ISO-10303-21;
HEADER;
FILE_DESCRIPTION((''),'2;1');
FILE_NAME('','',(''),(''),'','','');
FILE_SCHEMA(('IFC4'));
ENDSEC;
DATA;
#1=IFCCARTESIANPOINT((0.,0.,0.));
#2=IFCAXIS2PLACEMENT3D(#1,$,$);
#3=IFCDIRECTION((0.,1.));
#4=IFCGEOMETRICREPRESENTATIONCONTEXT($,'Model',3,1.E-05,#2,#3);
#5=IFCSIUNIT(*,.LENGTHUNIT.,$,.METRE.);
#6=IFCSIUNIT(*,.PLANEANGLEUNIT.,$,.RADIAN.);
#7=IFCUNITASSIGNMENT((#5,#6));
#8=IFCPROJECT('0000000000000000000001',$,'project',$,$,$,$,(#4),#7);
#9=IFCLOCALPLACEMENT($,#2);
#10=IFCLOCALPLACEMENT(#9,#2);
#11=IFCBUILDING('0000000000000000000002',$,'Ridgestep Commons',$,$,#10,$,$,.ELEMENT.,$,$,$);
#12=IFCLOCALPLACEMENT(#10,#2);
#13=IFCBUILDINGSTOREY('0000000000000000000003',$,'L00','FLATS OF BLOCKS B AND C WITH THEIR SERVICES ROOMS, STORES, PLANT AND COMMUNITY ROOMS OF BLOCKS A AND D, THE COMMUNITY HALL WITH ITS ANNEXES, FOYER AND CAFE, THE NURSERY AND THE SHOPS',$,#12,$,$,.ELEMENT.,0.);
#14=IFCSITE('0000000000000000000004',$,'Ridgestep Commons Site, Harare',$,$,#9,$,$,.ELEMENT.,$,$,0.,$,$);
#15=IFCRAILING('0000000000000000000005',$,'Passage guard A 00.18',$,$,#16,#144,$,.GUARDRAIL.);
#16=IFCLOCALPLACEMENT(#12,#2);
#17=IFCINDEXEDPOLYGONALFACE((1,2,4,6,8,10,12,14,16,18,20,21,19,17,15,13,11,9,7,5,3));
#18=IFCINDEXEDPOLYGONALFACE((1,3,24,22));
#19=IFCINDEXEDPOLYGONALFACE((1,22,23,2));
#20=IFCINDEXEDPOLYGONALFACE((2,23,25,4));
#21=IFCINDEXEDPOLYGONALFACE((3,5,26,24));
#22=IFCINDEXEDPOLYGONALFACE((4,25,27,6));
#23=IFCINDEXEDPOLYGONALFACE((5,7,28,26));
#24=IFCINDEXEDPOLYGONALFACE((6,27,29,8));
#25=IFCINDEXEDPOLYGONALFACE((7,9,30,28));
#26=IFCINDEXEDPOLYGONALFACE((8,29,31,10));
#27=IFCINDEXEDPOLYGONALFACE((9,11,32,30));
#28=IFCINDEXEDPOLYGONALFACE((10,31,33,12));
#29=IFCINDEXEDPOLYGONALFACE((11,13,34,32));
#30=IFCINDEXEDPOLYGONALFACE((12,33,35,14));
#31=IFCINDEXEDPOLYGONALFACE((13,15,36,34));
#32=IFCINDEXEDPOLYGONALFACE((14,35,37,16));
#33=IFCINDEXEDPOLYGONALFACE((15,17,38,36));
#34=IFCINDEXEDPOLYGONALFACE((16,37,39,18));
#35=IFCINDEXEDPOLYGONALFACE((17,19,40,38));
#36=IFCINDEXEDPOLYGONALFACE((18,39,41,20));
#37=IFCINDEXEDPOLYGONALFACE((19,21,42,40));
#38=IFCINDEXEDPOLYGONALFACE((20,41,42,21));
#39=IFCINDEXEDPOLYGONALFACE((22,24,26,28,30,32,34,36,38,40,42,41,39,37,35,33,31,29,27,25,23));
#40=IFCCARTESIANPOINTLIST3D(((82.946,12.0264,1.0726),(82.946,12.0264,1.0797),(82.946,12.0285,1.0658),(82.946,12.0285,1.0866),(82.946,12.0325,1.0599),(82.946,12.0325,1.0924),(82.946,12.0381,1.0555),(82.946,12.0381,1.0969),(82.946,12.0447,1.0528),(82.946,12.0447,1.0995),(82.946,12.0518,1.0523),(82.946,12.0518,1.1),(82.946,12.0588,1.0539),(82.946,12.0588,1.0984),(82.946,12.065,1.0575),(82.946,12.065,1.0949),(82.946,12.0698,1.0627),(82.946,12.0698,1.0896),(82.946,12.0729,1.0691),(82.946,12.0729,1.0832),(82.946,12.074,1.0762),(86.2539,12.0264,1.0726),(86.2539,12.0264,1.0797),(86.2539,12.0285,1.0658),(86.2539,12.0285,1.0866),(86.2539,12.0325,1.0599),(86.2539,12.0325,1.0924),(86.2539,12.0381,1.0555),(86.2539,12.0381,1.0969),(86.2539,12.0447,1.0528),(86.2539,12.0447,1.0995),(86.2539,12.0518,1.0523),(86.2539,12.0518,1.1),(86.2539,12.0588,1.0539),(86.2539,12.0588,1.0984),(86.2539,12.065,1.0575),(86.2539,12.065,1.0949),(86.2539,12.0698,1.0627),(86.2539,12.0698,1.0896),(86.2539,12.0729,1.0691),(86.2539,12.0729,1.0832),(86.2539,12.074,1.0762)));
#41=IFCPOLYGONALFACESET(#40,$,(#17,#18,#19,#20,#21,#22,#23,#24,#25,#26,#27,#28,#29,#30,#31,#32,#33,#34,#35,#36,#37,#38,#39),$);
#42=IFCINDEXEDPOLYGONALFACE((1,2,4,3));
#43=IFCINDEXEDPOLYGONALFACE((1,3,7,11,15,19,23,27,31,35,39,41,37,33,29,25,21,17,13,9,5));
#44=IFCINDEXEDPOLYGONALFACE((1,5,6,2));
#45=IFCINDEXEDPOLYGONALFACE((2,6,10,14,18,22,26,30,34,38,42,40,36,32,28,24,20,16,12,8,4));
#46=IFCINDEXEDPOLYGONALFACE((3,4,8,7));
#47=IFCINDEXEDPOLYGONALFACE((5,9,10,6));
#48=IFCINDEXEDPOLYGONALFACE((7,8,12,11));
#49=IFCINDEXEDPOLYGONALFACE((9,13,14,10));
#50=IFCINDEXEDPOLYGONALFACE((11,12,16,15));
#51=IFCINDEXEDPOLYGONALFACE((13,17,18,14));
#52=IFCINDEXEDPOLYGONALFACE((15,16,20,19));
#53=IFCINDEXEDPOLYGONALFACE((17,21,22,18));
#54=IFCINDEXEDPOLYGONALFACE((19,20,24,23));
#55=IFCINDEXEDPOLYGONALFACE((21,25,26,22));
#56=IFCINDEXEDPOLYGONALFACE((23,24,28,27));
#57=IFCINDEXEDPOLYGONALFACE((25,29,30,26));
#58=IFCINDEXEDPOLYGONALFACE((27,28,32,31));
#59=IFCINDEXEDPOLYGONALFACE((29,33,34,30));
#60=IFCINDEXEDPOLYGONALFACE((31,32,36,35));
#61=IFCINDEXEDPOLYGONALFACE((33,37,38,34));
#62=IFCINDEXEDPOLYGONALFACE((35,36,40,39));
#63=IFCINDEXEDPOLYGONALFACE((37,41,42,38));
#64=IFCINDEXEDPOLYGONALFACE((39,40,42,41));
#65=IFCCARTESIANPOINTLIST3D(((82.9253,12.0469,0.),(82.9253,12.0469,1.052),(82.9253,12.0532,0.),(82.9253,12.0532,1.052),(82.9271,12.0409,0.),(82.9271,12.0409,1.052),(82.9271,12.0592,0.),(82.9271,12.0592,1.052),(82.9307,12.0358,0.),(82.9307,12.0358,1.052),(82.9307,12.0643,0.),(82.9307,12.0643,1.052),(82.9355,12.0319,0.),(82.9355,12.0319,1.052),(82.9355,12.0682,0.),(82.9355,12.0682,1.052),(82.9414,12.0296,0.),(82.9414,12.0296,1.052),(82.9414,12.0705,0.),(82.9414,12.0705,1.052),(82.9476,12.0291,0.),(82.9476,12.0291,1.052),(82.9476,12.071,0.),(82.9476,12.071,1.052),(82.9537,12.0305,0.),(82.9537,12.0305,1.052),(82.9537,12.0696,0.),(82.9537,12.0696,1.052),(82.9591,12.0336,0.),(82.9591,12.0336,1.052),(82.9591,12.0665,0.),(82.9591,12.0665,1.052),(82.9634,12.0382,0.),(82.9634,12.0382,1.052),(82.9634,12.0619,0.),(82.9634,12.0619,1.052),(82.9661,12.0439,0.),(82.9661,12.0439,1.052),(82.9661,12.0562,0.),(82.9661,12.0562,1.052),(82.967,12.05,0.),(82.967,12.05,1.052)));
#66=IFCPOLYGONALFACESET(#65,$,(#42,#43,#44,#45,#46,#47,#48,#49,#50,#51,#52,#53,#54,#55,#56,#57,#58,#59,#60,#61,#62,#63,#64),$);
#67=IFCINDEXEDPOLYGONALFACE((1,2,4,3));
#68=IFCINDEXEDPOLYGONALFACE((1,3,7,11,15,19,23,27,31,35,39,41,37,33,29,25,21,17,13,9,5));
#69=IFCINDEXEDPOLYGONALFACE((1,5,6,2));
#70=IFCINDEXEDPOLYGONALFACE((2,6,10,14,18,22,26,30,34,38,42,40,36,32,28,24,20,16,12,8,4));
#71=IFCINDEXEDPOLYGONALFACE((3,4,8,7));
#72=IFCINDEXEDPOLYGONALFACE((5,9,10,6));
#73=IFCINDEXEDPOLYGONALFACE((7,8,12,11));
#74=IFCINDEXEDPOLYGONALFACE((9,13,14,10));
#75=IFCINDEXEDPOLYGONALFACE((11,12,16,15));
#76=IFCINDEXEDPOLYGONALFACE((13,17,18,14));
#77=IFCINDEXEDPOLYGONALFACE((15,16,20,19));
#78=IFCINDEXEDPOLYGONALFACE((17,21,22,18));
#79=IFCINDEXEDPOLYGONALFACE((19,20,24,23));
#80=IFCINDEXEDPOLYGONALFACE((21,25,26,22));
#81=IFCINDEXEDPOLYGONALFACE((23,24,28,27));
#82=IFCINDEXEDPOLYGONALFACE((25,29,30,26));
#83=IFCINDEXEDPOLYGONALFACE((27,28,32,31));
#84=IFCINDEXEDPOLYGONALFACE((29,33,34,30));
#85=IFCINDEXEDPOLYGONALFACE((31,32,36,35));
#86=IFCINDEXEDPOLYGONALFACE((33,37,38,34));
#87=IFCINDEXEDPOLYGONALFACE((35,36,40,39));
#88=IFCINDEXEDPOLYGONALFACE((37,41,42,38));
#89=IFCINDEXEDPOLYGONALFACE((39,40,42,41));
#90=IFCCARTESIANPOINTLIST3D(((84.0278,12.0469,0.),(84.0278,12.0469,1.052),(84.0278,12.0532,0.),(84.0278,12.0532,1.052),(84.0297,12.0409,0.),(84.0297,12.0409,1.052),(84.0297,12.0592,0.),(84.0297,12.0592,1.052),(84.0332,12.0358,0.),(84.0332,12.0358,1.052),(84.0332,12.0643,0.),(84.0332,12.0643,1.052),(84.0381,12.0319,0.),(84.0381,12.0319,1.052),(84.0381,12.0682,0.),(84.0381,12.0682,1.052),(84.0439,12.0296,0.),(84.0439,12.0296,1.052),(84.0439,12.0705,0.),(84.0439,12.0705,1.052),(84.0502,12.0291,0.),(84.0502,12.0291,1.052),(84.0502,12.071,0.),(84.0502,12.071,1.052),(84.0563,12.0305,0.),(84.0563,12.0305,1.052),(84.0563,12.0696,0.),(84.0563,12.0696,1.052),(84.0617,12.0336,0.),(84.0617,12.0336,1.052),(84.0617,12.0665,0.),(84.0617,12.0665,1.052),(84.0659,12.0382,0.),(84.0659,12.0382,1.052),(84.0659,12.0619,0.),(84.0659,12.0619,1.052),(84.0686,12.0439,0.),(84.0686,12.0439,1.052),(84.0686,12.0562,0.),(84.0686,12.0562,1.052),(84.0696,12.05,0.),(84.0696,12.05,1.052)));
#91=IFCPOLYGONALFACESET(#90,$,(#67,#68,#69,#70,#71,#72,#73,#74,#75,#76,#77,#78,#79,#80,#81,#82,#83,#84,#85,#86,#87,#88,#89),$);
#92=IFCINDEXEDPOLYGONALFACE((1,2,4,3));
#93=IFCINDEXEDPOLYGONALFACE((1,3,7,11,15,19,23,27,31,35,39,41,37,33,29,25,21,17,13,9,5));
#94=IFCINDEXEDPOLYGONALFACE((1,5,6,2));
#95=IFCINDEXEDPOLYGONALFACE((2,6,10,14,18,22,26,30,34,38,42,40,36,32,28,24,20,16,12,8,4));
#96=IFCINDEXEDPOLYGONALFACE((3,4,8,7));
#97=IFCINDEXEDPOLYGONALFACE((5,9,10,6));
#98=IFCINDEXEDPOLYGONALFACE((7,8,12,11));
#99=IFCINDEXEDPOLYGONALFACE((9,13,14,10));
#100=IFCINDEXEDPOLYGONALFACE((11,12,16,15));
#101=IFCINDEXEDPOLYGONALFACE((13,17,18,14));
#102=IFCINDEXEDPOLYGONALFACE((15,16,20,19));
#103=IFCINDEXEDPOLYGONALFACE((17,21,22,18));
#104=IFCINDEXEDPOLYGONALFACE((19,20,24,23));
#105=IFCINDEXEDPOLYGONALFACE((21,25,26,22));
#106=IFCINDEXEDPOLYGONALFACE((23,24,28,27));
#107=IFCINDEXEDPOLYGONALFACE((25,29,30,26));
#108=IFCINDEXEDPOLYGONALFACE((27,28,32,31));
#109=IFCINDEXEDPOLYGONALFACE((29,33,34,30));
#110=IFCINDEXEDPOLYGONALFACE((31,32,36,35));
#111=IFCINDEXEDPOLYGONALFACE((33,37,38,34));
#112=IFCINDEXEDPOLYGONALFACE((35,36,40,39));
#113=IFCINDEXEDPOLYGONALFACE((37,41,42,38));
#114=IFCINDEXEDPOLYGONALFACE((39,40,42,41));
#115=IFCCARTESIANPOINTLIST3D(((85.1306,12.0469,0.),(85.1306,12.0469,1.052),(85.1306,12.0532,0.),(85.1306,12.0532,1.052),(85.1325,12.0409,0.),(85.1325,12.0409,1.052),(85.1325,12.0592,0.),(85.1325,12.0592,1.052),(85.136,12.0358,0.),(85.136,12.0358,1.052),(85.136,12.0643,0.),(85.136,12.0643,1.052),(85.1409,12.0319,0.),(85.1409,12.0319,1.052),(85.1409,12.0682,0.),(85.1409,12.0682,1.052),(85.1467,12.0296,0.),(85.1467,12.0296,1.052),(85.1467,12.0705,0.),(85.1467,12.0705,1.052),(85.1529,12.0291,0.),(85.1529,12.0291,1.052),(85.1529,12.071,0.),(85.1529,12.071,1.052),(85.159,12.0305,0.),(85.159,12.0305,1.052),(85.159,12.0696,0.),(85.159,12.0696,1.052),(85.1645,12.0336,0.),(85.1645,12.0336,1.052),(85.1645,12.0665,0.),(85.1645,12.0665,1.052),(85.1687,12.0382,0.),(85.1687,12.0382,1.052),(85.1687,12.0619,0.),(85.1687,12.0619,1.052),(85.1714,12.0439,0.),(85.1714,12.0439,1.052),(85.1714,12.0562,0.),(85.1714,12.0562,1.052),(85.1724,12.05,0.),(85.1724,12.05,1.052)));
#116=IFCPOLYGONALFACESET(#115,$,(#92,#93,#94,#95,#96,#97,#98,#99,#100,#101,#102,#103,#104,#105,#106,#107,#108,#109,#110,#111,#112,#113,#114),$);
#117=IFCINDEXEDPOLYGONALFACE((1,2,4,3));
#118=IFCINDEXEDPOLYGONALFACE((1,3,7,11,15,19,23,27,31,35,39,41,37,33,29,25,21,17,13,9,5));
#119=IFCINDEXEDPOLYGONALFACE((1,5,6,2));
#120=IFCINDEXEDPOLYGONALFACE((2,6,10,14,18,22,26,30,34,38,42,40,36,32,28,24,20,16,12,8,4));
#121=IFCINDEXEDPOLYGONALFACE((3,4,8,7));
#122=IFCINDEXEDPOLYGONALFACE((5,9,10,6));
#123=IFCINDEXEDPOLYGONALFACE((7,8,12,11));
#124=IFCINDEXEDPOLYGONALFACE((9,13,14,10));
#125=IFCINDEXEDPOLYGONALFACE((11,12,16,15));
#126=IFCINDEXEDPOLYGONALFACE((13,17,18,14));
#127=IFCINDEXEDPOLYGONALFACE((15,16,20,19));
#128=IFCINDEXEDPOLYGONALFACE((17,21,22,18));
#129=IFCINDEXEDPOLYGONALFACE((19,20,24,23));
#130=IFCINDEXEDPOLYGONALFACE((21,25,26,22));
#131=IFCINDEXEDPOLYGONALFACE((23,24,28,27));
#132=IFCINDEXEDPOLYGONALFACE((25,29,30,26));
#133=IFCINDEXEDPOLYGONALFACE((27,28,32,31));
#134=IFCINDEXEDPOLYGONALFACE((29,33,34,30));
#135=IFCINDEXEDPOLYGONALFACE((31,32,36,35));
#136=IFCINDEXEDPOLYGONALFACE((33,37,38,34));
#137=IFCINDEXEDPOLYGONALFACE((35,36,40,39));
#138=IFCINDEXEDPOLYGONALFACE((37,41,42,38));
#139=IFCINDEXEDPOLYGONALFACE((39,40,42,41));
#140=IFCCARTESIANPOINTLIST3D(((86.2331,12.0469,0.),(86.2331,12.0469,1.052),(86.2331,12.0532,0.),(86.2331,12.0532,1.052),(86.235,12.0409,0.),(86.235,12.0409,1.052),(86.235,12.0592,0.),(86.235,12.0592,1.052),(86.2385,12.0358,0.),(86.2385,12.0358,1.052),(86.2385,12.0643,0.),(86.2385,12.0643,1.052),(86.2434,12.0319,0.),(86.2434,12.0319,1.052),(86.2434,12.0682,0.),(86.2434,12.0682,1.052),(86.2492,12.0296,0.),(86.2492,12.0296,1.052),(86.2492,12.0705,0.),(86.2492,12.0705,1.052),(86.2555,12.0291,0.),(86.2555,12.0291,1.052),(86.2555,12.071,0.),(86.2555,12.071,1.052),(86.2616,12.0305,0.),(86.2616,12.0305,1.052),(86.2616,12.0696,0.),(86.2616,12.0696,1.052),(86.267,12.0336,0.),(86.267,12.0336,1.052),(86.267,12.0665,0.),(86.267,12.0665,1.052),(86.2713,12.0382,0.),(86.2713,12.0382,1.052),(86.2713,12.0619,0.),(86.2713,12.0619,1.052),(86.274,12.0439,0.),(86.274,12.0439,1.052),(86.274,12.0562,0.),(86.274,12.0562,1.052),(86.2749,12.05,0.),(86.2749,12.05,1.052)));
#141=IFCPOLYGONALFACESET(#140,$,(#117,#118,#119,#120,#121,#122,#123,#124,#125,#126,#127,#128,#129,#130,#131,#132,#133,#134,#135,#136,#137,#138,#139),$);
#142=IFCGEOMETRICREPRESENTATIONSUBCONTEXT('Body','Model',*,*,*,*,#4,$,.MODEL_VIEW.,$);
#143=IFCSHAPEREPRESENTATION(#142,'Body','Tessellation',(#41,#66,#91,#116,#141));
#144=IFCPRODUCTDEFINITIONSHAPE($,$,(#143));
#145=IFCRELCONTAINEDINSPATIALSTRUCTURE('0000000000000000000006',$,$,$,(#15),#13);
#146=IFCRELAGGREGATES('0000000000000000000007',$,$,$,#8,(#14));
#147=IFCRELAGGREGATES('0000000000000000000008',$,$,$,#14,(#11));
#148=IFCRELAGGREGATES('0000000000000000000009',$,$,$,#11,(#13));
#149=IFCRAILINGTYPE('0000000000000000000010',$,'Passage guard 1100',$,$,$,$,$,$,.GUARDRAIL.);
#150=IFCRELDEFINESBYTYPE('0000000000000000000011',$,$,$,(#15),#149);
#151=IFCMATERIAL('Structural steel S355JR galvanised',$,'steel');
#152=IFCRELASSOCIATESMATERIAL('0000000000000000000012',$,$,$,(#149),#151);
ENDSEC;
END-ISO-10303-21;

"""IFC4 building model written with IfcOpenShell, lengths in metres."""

from ifc_helpers import new_model, si_unit, direction, frame, origin, origin_2d, place, context, subcontext, project, spatial, circle, extrude, material, type_object, element, save


model = new_model("IFC4")

# Units and contexts
model_context = context("Model", 3, precision=1e-05, world=origin(), true_north=direction((0.0, 1.0)))
body_context = subcontext(model_context, "Body", "Model", "MODEL_VIEW")
ifc_project = project(units=[si_unit("LENGTHUNIT", "METRE"), si_unit("PLANEANGLEUNIT", "RADIAN")], contexts=[model_context])

# Site, building, storey
site_placement = place(None, origin())
site = spatial("IfcSite", under=ifc_project, at=site_placement, Name="Ridgestep Commons Site, Harare", CompositionType="ELEMENT", RefElevation=0.0)
building_placement = place(site_placement, origin())
building = spatial("IfcBuilding", under=site, at=building_placement, Name="Ridgestep Commons", CompositionType="ELEMENT")
storey_placement = place(building_placement, origin())
storey = spatial("IfcBuildingStorey", under=building, at=storey_placement, Name="L00", Description="FLATS OF BLOCKS B AND C WITH THEIR SERVICES ROOMS, STORES, PLANT AND COMMUNITY ROOMS OF BLOCKS A AND D, THE COMMUNITY HALL WITH ITS ANNEXES, FOYER AND CAFE, THE NURSERY AND THE SHOPS", CompositionType="ELEMENT", Elevation=0.0)

# Railing
ifc_material_1 = material(Name="Structural steel S355JR galvanised", Category="steel")
railing_type = type_object("IfcRailingType", Name="Passage guard 1100", PredefinedType="GUARDRAIL", material=ifc_material_1)
railing_1_placement = place(storey_placement, frame((82.946, 12.05, 0.0)))
element("IfcRailing", 1, at=railing_1_placement, inside=storey, type_object=railing_type, Name="Passage guard A 00.18", PredefinedType="GUARDRAIL", context=body_context, shape_type="SweptSolid", body=[
    extrude(circle(Radius=0.0239, at=origin_2d()), frame((0.0, 0.0, 1.0762), z_axis=(1.0, 0.0, 0.0), x_axis=(0.0, 1.0, 0.0)), (0.0, 0.0, 1.0), 3.3079),
    extrude(circle(Radius=0.021, at=origin_2d()), origin(), (0.0, 0.0, 1.0), 1.052),
    extrude(circle(Radius=0.021, at=origin_2d()), frame((1.1025, 0.0, 0.0)), (0.0, 0.0, 1.0), 1.052),
    extrude(circle(Radius=0.021, at=origin_2d()), frame((2.2053, 0.0, 0.0)), (0.0, 0.0, 1.0), 1.052),
    extrude(circle(Radius=0.021, at=origin_2d()), frame((3.3079, 0.0, 0.0)), (0.0, 0.0, 1.0), 1.052),
])

save(model, "model.ifc")
